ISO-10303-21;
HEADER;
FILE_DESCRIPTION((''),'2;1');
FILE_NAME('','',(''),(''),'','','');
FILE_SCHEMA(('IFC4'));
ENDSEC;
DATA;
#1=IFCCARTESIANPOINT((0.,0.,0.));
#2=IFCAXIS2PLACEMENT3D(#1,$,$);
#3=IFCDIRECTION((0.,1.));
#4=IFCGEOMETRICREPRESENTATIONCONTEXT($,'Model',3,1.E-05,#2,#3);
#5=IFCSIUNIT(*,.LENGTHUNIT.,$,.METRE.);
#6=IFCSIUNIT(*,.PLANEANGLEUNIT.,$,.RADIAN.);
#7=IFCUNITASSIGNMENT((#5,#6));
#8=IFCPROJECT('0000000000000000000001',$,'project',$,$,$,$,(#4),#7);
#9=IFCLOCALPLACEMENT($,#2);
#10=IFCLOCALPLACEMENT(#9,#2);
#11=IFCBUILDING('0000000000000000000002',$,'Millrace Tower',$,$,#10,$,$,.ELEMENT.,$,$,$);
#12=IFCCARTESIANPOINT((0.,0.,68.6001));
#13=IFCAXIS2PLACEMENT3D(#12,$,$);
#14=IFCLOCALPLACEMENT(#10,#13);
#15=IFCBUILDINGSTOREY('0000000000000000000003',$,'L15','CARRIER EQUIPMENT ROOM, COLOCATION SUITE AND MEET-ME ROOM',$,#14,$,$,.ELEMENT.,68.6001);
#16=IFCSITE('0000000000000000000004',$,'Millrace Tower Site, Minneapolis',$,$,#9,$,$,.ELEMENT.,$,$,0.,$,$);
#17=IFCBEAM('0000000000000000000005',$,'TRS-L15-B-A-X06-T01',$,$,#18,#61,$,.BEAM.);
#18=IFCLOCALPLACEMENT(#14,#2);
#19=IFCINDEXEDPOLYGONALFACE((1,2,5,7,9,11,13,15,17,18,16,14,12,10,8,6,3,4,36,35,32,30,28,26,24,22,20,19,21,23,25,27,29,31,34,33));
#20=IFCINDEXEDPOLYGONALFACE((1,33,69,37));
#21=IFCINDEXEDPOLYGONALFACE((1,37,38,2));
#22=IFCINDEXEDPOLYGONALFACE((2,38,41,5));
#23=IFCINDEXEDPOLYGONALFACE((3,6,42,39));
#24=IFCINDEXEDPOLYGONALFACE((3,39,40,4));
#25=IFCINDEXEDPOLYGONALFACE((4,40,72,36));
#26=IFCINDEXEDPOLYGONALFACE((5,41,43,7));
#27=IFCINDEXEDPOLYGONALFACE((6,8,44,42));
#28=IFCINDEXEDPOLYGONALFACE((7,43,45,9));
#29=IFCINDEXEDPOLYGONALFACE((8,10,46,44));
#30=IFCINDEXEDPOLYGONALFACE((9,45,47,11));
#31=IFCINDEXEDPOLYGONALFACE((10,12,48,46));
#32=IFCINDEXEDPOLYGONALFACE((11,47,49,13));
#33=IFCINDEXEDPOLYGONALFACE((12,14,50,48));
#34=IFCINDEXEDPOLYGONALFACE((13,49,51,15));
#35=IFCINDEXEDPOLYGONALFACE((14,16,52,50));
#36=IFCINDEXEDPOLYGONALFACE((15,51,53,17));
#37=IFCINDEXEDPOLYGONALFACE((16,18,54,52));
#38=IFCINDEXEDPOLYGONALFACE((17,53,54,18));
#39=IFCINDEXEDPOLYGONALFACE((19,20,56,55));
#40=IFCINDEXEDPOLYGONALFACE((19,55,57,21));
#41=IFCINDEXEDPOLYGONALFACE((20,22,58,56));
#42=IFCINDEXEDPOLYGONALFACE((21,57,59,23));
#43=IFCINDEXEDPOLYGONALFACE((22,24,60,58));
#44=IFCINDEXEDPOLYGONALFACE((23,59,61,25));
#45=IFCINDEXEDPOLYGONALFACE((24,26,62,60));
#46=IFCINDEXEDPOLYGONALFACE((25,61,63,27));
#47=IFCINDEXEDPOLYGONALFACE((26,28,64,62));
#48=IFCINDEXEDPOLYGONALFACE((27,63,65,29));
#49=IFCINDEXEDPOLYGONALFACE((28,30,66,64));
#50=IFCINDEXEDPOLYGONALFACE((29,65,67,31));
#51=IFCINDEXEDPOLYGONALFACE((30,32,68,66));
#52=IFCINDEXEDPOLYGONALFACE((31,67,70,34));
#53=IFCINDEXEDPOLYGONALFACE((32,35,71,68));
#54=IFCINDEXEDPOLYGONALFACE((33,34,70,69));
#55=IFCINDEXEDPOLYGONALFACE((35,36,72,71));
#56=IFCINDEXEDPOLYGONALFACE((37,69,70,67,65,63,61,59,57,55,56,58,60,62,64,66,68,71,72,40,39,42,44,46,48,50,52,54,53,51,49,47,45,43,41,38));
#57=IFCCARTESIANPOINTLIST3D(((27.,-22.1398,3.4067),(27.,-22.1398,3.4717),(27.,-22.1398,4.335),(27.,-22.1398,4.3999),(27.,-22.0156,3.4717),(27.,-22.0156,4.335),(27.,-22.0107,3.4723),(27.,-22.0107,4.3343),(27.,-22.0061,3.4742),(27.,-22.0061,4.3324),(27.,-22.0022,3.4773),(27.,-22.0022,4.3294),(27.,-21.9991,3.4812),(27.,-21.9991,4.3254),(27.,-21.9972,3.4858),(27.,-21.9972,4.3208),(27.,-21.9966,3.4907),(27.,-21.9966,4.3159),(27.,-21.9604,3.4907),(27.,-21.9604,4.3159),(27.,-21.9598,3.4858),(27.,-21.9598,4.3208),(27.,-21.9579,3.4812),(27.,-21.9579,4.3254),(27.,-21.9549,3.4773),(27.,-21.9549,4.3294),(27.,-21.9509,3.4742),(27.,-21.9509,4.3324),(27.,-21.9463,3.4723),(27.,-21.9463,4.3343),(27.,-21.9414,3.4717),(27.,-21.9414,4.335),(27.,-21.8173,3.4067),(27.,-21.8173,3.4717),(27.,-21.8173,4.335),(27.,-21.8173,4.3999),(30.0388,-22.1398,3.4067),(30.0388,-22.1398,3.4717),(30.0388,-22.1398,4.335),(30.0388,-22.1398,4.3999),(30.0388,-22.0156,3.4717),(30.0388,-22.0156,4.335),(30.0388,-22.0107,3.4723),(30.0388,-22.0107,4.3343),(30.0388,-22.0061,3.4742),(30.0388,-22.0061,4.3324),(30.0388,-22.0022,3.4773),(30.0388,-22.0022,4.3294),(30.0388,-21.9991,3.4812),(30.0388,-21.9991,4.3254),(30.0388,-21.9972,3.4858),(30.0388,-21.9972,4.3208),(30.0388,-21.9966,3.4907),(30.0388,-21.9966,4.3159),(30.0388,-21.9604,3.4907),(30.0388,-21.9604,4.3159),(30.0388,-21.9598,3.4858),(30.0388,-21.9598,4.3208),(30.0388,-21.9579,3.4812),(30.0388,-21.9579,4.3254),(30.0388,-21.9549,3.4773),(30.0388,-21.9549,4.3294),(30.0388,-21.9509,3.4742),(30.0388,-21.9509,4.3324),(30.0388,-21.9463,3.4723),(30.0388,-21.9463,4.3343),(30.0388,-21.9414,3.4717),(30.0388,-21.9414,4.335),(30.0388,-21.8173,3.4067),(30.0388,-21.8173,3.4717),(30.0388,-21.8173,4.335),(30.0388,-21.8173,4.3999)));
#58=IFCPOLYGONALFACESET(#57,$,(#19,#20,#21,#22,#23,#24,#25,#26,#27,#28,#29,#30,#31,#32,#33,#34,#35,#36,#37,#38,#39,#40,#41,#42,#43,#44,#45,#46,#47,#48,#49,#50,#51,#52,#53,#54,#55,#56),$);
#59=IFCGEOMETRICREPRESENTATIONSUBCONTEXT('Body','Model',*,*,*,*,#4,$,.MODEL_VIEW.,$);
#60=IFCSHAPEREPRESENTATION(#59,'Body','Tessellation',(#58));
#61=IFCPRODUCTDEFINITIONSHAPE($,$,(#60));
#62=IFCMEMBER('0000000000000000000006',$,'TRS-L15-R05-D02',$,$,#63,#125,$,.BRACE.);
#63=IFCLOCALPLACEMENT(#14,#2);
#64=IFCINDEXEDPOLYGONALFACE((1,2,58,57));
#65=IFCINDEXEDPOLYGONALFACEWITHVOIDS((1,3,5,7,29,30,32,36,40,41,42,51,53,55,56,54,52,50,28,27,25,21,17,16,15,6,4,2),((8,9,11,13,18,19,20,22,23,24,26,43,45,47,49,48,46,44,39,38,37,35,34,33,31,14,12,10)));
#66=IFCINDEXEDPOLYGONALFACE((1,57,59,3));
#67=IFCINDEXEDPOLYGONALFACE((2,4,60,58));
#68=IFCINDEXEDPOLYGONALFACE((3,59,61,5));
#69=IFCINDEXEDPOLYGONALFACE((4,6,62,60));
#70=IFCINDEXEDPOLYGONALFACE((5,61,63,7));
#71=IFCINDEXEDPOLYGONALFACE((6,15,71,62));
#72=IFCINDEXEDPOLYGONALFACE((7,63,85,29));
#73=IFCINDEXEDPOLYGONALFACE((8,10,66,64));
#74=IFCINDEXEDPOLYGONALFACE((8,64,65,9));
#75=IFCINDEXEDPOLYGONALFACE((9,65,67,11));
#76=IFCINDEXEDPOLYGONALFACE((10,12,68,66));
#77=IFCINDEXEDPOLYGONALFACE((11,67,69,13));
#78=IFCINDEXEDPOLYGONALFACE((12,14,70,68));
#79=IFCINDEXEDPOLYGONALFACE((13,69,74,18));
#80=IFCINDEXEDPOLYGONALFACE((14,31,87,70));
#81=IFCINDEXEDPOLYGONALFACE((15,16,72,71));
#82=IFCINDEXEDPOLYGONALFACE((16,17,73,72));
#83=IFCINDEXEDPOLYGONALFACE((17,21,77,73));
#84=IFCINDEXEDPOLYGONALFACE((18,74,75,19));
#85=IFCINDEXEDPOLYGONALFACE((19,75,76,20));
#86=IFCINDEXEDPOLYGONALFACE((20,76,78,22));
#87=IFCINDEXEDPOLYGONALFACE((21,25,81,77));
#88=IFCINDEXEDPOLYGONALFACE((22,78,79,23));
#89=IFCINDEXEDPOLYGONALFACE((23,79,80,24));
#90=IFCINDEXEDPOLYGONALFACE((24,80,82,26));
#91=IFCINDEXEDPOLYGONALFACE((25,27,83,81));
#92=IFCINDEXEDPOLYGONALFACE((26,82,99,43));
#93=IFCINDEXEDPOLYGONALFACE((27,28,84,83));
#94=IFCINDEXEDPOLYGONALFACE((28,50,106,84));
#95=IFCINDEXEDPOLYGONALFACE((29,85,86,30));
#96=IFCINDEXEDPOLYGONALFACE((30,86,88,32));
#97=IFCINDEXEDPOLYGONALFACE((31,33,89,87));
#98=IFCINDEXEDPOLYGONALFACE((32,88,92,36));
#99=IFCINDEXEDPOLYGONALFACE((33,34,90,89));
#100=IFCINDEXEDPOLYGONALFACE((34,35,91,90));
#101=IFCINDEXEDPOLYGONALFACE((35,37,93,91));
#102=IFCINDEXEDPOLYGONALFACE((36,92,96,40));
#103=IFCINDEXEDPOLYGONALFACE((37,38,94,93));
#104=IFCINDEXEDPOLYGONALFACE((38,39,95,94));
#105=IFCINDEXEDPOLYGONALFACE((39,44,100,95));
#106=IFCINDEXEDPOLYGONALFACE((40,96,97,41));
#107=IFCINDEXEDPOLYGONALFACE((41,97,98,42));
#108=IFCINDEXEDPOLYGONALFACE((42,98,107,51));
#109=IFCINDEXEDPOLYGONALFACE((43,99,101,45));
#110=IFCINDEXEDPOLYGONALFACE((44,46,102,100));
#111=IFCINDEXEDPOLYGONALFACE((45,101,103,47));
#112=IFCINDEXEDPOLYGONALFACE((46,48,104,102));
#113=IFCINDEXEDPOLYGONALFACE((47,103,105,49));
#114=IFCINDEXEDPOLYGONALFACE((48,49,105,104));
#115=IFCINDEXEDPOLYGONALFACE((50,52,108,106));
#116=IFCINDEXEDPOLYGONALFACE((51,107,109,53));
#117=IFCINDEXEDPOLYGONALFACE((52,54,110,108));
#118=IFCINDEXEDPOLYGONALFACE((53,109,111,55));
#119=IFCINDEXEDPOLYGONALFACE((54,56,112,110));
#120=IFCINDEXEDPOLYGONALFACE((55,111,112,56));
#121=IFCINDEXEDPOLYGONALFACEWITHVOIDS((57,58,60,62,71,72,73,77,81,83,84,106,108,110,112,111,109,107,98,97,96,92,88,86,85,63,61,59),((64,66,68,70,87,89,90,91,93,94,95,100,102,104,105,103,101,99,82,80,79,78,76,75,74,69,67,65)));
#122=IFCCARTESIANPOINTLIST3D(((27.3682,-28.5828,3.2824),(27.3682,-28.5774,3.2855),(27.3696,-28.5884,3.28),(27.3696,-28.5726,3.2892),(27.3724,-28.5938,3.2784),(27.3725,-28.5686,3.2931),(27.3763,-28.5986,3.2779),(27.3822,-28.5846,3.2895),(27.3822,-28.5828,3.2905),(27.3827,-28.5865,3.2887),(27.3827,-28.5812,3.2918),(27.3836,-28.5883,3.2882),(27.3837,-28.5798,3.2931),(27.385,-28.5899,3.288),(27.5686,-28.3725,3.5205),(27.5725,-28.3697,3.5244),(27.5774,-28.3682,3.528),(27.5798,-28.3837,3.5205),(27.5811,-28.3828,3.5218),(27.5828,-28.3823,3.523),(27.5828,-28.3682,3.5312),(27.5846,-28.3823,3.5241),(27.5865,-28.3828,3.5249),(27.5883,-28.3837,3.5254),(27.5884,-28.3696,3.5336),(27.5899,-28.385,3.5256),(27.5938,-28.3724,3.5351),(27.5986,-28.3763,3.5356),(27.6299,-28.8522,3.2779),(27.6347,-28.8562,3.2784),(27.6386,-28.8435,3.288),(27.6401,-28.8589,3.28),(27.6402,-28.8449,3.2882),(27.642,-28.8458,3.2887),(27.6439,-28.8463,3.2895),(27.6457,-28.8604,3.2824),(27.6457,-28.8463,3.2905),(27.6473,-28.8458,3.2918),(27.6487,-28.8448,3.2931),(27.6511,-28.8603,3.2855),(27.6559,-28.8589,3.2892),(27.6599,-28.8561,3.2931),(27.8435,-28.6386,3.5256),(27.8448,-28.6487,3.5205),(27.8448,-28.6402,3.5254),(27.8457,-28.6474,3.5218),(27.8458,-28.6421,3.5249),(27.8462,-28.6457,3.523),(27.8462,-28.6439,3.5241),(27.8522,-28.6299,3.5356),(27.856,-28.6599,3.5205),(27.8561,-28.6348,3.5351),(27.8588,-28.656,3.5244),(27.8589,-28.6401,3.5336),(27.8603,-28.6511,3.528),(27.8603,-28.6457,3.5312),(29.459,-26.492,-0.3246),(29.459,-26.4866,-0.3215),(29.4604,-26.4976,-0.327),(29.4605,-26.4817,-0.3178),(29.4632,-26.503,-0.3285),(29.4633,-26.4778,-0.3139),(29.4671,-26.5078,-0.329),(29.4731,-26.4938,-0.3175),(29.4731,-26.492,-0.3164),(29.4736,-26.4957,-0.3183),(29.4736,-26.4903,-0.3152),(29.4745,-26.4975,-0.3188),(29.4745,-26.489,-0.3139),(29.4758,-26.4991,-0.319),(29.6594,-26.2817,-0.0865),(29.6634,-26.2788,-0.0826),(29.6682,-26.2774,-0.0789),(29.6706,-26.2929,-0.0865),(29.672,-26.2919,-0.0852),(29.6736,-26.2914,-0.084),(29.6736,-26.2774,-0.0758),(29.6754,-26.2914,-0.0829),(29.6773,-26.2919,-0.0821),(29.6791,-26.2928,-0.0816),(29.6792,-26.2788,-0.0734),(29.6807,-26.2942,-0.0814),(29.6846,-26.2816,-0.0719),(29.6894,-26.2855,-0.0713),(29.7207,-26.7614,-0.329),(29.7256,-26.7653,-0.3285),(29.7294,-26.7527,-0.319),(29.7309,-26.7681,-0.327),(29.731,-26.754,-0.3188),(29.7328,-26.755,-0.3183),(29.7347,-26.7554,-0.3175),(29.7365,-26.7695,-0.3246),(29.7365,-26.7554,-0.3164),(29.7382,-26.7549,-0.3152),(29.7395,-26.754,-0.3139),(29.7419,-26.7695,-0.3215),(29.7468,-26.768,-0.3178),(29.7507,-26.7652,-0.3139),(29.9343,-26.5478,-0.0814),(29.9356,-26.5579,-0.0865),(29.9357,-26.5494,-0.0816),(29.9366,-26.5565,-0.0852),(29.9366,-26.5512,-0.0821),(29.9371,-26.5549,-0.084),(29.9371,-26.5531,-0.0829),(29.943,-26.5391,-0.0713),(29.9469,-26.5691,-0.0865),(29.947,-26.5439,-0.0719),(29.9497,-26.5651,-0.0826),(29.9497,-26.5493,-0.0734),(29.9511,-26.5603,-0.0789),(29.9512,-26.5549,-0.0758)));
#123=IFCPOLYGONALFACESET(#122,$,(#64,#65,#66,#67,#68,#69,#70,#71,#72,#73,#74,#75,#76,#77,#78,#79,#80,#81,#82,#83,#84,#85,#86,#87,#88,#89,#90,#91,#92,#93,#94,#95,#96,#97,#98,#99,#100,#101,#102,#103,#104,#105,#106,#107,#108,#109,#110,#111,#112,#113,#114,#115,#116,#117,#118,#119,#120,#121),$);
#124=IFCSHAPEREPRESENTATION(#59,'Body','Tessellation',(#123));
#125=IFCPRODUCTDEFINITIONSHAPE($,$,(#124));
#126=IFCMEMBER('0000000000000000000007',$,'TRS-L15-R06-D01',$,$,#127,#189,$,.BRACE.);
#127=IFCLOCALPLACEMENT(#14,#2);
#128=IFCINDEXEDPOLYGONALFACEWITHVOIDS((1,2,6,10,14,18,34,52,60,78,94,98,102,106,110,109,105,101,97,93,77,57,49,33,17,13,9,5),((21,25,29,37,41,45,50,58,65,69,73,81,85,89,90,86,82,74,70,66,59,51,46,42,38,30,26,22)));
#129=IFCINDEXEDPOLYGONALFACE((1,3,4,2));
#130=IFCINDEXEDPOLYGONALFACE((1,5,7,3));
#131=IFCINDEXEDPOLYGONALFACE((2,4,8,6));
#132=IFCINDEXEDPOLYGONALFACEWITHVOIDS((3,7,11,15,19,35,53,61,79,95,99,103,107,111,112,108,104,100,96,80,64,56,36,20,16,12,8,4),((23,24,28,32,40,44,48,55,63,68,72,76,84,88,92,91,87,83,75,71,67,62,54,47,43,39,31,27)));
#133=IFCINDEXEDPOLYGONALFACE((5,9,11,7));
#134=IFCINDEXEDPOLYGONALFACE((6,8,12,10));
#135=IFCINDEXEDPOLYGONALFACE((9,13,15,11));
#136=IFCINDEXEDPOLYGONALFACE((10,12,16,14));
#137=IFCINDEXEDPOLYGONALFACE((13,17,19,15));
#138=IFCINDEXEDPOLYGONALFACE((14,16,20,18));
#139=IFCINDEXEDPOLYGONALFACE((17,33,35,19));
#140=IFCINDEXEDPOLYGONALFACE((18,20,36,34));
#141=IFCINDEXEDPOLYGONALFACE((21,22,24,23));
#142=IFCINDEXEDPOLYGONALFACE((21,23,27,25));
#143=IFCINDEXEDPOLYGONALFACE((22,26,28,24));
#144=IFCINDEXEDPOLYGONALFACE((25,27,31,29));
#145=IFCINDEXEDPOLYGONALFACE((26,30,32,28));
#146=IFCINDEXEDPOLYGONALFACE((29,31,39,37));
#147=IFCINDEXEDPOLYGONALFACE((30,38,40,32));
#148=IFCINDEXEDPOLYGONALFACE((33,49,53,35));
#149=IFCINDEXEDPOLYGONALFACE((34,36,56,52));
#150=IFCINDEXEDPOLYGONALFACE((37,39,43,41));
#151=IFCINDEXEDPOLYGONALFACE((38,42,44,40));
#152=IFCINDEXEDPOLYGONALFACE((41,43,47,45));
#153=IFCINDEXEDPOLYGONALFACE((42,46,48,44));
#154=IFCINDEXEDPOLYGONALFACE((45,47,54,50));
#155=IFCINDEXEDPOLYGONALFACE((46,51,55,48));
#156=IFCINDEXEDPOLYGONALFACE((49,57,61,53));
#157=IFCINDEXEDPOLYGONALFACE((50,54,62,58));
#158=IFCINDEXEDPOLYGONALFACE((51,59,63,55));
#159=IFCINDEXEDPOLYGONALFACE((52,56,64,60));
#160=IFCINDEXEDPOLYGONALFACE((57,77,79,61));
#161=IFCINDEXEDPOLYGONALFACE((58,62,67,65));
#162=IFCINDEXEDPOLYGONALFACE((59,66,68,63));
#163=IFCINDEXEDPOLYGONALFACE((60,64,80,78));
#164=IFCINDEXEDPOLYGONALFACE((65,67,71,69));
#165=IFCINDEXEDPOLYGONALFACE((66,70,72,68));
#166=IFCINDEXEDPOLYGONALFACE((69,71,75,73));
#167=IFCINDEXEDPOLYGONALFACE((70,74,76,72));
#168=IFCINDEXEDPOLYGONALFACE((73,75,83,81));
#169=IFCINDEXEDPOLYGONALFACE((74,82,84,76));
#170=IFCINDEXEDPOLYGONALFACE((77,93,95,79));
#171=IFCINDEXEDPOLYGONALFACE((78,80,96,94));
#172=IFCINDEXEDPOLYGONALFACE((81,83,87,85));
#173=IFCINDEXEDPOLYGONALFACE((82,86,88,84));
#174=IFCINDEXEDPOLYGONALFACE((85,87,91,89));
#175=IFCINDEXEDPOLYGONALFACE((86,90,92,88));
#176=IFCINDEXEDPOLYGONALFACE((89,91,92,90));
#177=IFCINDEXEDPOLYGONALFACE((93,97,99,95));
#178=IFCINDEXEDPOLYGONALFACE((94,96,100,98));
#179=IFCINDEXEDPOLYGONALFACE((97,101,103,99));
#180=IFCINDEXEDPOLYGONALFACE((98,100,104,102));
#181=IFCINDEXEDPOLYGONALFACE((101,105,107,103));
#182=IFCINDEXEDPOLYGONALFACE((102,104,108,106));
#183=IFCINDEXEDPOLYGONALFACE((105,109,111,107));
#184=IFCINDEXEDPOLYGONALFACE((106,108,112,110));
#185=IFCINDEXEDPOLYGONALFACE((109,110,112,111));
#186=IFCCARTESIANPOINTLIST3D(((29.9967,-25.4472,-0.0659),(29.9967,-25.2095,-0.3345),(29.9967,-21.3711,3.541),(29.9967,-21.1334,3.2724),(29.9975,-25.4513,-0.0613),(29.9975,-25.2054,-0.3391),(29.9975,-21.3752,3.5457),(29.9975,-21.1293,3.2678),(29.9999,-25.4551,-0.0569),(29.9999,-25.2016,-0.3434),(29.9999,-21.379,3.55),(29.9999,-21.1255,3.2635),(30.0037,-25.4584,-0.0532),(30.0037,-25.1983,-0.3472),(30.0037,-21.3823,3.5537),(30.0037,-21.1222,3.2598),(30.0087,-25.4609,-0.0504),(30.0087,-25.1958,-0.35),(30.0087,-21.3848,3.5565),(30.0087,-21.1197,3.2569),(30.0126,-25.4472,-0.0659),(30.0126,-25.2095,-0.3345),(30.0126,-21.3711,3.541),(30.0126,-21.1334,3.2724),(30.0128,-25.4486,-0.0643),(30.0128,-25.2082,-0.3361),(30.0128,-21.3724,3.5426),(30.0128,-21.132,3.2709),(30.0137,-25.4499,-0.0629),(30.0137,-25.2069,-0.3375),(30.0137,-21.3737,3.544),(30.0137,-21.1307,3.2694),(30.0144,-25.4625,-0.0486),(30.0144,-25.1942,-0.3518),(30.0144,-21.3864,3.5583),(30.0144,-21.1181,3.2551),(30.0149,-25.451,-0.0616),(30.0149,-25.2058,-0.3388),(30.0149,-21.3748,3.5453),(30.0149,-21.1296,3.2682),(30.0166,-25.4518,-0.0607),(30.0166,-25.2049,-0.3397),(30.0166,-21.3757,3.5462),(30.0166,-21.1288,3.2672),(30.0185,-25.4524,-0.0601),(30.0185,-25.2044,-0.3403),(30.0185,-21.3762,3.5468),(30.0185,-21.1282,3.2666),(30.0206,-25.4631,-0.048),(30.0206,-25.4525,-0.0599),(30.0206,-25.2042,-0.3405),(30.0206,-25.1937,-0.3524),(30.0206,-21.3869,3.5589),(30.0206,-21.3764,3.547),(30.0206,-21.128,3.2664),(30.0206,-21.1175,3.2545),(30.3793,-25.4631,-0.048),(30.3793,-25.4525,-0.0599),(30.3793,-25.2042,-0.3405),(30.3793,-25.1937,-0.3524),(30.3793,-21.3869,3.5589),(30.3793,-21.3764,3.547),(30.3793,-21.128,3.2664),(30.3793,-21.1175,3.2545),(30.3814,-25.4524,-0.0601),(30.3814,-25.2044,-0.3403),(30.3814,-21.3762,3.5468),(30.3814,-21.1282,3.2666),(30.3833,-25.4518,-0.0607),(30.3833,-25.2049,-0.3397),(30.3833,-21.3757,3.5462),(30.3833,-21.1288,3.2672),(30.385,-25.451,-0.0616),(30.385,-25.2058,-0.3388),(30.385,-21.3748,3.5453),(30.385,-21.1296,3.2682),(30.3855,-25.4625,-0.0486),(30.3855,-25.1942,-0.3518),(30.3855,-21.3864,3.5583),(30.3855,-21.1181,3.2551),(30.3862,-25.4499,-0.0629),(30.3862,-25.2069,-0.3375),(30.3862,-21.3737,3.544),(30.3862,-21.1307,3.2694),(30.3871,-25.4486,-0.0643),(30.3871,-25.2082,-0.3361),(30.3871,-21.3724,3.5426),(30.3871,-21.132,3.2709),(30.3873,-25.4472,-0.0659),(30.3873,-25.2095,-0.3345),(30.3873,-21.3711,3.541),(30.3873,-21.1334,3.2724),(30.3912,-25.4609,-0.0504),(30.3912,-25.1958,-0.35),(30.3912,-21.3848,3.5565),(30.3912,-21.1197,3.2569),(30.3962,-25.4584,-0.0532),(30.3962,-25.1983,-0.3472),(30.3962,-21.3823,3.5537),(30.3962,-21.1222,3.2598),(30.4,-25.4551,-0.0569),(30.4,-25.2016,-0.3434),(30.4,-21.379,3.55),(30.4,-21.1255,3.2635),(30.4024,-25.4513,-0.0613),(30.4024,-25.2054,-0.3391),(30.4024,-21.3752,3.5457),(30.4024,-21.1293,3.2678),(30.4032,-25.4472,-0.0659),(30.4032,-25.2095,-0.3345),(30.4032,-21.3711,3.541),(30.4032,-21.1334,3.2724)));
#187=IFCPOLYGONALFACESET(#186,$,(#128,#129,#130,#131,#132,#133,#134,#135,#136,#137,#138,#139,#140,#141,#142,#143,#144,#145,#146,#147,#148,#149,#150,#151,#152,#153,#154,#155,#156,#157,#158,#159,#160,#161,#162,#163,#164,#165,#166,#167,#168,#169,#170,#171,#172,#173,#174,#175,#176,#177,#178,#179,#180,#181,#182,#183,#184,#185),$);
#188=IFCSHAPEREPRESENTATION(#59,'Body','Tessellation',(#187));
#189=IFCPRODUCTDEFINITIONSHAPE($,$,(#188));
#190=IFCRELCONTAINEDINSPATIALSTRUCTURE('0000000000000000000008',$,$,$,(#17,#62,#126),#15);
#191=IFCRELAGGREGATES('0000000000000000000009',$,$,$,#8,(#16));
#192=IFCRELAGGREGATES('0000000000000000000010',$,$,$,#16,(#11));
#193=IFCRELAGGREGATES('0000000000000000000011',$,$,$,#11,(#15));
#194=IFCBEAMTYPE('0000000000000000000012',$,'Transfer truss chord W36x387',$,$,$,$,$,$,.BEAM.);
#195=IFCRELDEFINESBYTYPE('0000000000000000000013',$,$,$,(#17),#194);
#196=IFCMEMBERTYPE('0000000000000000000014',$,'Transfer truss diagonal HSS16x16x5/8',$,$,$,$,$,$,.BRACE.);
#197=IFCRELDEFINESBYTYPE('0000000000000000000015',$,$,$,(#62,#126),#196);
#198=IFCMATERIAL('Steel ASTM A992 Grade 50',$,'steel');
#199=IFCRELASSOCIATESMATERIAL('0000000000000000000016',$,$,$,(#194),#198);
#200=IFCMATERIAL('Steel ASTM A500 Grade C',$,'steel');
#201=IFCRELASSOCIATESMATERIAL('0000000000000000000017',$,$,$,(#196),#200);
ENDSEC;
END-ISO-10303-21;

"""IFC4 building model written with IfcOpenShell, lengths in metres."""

from ifc_helpers import new_model, si_unit, direction, frame, origin, origin_2d, place, context, subcontext, project, spatial, hollow_rectangle, i_section, extrude, material, material_profile, profile_set, type_object, element, save


model = new_model("IFC4")

# Units and contexts
model_context = context("Model", 3, precision=1e-05, world=origin(), true_north=direction((0.0, 1.0)))
body_context = subcontext(model_context, "Body", "Model", "MODEL_VIEW")
ifc_project = project(units=[si_unit("LENGTHUNIT", "METRE"), si_unit("PLANEANGLEUNIT", "RADIAN")], contexts=[model_context])

# Site, building, storey
site_placement = place(None, origin())
site = spatial("IfcSite", under=ifc_project, at=site_placement, Name="Millrace Tower Site, Minneapolis", CompositionType="ELEMENT", RefElevation=0.0)
building_placement = place(site_placement, origin())
building = spatial("IfcBuilding", under=site, at=building_placement, Name="Millrace Tower", CompositionType="ELEMENT")
storey_placement = place(building_placement, frame((0.0, 0.0, 68.6001)))
storey = spatial("IfcBuildingStorey", under=building, at=storey_placement, Name="L15", Description="CARRIER EQUIPMENT ROOM, COLOCATION SUITE AND MEET-ME ROOM", CompositionType="ELEMENT", Elevation=68.6001)

# Beam
ifc_material_1 = material(Name="Steel ASTM A992 Grade 50", Category="steel")
ifc_material_profile_1 = material_profile(ifc_material_1, i_section(OverallWidth=0.3225, OverallDepth=0.9932, WebThickness=0.0361, FlangeThickness=0.0649, FilletRadius=0.019, at=origin_2d()))
ifc_profile_set_1 = profile_set([ifc_material_profile_1], Name="Steel ASTM A992 Grade 50")
beam_type_1 = type_object("IfcBeamType", Name="Transfer truss chord W36x387", PredefinedType="BEAM", material=ifc_profile_set_1)
for number, where, z_axis, x_axis, name in (
    (1, (27.0, -21.9785, 3.9033), (1.0, 0.0, 0.0), (0.0, 1.0, 0.0), "TRS-L15-B-A-X06-T01"),
):
    element("IfcBeam", number, at=place(storey_placement, frame(where, z_axis=z_axis, x_axis=x_axis)), inside=storey, type_object=beam_type_1, Name=name, PredefinedType="BEAM", context=body_context, shape_type="SweptSolid", body=[
        extrude(i_section(OverallWidth=0.3225, OverallDepth=0.9932, WebThickness=0.0361, FlangeThickness=0.0649, FilletRadius=0.019, at=origin_2d()), origin(), (0.0, 0.0, 1.0), 3.0388),
    ])

# Members
ifc_material_2 = material(Name="Steel ASTM A500 Grade C", Category="steel")
ifc_material_profile_2 = material_profile(ifc_material_2, hollow_rectangle(XDim=0.4065, YDim=0.4065, WallThickness=0.0159, InnerFilletRadius=0.0081, OuterFilletRadius=0.0239, at=origin_2d()))
ifc_profile_set_2 = profile_set([ifc_material_profile_2], Name="Steel ASTM A500 Grade C")
member_type_1 = type_object("IfcMemberType", Name="Transfer truss diagonal HSS16x16x5/8", PredefinedType="BRACE", material=ifc_profile_set_2)
member_1_placement = place(storey_placement, frame((29.7051, -26.5234, -0.2002), z_axis=(-0.448288, -0.448288, 0.773354), x_axis=(0.707107, -0.707107, 0.0)))
element("IfcMember", 2, at=member_1_placement, inside=storey, type_object=member_type_1, Name="TRS-L15-R05-D02", PredefinedType="BRACE", context=body_context, shape_type="SweptSolid", body=[
    extrude(hollow_rectangle(XDim=0.4065, YDim=0.4065, WallThickness=0.0159, InnerFilletRadius=0.0081, OuterFilletRadius=0.0239, at=origin_2d()), origin(), (0.0, 0.0, 1.0), 4.6641),
])
member_2_placement = place(storey_placement, frame((30.2, -25.3284, -0.2002), z_axis=(0.0, 0.748897, 0.662686), x_axis=(-1.0, 0.0, 0.0)))
element("IfcMember", 3, at=member_2_placement, inside=storey, type_object=member_type_1, Name="TRS-L15-R06-D01", PredefinedType="BRACE", context=body_context, shape_type="SweptSolid", body=[
    extrude(hollow_rectangle(XDim=0.4065, YDim=0.4065, WallThickness=0.0159, InnerFilletRadius=0.0081, OuterFilletRadius=0.0239, at=origin_2d()), origin(), (0.0, 0.0, 1.0), 5.4429),
])

save(model, "model.ifc")
